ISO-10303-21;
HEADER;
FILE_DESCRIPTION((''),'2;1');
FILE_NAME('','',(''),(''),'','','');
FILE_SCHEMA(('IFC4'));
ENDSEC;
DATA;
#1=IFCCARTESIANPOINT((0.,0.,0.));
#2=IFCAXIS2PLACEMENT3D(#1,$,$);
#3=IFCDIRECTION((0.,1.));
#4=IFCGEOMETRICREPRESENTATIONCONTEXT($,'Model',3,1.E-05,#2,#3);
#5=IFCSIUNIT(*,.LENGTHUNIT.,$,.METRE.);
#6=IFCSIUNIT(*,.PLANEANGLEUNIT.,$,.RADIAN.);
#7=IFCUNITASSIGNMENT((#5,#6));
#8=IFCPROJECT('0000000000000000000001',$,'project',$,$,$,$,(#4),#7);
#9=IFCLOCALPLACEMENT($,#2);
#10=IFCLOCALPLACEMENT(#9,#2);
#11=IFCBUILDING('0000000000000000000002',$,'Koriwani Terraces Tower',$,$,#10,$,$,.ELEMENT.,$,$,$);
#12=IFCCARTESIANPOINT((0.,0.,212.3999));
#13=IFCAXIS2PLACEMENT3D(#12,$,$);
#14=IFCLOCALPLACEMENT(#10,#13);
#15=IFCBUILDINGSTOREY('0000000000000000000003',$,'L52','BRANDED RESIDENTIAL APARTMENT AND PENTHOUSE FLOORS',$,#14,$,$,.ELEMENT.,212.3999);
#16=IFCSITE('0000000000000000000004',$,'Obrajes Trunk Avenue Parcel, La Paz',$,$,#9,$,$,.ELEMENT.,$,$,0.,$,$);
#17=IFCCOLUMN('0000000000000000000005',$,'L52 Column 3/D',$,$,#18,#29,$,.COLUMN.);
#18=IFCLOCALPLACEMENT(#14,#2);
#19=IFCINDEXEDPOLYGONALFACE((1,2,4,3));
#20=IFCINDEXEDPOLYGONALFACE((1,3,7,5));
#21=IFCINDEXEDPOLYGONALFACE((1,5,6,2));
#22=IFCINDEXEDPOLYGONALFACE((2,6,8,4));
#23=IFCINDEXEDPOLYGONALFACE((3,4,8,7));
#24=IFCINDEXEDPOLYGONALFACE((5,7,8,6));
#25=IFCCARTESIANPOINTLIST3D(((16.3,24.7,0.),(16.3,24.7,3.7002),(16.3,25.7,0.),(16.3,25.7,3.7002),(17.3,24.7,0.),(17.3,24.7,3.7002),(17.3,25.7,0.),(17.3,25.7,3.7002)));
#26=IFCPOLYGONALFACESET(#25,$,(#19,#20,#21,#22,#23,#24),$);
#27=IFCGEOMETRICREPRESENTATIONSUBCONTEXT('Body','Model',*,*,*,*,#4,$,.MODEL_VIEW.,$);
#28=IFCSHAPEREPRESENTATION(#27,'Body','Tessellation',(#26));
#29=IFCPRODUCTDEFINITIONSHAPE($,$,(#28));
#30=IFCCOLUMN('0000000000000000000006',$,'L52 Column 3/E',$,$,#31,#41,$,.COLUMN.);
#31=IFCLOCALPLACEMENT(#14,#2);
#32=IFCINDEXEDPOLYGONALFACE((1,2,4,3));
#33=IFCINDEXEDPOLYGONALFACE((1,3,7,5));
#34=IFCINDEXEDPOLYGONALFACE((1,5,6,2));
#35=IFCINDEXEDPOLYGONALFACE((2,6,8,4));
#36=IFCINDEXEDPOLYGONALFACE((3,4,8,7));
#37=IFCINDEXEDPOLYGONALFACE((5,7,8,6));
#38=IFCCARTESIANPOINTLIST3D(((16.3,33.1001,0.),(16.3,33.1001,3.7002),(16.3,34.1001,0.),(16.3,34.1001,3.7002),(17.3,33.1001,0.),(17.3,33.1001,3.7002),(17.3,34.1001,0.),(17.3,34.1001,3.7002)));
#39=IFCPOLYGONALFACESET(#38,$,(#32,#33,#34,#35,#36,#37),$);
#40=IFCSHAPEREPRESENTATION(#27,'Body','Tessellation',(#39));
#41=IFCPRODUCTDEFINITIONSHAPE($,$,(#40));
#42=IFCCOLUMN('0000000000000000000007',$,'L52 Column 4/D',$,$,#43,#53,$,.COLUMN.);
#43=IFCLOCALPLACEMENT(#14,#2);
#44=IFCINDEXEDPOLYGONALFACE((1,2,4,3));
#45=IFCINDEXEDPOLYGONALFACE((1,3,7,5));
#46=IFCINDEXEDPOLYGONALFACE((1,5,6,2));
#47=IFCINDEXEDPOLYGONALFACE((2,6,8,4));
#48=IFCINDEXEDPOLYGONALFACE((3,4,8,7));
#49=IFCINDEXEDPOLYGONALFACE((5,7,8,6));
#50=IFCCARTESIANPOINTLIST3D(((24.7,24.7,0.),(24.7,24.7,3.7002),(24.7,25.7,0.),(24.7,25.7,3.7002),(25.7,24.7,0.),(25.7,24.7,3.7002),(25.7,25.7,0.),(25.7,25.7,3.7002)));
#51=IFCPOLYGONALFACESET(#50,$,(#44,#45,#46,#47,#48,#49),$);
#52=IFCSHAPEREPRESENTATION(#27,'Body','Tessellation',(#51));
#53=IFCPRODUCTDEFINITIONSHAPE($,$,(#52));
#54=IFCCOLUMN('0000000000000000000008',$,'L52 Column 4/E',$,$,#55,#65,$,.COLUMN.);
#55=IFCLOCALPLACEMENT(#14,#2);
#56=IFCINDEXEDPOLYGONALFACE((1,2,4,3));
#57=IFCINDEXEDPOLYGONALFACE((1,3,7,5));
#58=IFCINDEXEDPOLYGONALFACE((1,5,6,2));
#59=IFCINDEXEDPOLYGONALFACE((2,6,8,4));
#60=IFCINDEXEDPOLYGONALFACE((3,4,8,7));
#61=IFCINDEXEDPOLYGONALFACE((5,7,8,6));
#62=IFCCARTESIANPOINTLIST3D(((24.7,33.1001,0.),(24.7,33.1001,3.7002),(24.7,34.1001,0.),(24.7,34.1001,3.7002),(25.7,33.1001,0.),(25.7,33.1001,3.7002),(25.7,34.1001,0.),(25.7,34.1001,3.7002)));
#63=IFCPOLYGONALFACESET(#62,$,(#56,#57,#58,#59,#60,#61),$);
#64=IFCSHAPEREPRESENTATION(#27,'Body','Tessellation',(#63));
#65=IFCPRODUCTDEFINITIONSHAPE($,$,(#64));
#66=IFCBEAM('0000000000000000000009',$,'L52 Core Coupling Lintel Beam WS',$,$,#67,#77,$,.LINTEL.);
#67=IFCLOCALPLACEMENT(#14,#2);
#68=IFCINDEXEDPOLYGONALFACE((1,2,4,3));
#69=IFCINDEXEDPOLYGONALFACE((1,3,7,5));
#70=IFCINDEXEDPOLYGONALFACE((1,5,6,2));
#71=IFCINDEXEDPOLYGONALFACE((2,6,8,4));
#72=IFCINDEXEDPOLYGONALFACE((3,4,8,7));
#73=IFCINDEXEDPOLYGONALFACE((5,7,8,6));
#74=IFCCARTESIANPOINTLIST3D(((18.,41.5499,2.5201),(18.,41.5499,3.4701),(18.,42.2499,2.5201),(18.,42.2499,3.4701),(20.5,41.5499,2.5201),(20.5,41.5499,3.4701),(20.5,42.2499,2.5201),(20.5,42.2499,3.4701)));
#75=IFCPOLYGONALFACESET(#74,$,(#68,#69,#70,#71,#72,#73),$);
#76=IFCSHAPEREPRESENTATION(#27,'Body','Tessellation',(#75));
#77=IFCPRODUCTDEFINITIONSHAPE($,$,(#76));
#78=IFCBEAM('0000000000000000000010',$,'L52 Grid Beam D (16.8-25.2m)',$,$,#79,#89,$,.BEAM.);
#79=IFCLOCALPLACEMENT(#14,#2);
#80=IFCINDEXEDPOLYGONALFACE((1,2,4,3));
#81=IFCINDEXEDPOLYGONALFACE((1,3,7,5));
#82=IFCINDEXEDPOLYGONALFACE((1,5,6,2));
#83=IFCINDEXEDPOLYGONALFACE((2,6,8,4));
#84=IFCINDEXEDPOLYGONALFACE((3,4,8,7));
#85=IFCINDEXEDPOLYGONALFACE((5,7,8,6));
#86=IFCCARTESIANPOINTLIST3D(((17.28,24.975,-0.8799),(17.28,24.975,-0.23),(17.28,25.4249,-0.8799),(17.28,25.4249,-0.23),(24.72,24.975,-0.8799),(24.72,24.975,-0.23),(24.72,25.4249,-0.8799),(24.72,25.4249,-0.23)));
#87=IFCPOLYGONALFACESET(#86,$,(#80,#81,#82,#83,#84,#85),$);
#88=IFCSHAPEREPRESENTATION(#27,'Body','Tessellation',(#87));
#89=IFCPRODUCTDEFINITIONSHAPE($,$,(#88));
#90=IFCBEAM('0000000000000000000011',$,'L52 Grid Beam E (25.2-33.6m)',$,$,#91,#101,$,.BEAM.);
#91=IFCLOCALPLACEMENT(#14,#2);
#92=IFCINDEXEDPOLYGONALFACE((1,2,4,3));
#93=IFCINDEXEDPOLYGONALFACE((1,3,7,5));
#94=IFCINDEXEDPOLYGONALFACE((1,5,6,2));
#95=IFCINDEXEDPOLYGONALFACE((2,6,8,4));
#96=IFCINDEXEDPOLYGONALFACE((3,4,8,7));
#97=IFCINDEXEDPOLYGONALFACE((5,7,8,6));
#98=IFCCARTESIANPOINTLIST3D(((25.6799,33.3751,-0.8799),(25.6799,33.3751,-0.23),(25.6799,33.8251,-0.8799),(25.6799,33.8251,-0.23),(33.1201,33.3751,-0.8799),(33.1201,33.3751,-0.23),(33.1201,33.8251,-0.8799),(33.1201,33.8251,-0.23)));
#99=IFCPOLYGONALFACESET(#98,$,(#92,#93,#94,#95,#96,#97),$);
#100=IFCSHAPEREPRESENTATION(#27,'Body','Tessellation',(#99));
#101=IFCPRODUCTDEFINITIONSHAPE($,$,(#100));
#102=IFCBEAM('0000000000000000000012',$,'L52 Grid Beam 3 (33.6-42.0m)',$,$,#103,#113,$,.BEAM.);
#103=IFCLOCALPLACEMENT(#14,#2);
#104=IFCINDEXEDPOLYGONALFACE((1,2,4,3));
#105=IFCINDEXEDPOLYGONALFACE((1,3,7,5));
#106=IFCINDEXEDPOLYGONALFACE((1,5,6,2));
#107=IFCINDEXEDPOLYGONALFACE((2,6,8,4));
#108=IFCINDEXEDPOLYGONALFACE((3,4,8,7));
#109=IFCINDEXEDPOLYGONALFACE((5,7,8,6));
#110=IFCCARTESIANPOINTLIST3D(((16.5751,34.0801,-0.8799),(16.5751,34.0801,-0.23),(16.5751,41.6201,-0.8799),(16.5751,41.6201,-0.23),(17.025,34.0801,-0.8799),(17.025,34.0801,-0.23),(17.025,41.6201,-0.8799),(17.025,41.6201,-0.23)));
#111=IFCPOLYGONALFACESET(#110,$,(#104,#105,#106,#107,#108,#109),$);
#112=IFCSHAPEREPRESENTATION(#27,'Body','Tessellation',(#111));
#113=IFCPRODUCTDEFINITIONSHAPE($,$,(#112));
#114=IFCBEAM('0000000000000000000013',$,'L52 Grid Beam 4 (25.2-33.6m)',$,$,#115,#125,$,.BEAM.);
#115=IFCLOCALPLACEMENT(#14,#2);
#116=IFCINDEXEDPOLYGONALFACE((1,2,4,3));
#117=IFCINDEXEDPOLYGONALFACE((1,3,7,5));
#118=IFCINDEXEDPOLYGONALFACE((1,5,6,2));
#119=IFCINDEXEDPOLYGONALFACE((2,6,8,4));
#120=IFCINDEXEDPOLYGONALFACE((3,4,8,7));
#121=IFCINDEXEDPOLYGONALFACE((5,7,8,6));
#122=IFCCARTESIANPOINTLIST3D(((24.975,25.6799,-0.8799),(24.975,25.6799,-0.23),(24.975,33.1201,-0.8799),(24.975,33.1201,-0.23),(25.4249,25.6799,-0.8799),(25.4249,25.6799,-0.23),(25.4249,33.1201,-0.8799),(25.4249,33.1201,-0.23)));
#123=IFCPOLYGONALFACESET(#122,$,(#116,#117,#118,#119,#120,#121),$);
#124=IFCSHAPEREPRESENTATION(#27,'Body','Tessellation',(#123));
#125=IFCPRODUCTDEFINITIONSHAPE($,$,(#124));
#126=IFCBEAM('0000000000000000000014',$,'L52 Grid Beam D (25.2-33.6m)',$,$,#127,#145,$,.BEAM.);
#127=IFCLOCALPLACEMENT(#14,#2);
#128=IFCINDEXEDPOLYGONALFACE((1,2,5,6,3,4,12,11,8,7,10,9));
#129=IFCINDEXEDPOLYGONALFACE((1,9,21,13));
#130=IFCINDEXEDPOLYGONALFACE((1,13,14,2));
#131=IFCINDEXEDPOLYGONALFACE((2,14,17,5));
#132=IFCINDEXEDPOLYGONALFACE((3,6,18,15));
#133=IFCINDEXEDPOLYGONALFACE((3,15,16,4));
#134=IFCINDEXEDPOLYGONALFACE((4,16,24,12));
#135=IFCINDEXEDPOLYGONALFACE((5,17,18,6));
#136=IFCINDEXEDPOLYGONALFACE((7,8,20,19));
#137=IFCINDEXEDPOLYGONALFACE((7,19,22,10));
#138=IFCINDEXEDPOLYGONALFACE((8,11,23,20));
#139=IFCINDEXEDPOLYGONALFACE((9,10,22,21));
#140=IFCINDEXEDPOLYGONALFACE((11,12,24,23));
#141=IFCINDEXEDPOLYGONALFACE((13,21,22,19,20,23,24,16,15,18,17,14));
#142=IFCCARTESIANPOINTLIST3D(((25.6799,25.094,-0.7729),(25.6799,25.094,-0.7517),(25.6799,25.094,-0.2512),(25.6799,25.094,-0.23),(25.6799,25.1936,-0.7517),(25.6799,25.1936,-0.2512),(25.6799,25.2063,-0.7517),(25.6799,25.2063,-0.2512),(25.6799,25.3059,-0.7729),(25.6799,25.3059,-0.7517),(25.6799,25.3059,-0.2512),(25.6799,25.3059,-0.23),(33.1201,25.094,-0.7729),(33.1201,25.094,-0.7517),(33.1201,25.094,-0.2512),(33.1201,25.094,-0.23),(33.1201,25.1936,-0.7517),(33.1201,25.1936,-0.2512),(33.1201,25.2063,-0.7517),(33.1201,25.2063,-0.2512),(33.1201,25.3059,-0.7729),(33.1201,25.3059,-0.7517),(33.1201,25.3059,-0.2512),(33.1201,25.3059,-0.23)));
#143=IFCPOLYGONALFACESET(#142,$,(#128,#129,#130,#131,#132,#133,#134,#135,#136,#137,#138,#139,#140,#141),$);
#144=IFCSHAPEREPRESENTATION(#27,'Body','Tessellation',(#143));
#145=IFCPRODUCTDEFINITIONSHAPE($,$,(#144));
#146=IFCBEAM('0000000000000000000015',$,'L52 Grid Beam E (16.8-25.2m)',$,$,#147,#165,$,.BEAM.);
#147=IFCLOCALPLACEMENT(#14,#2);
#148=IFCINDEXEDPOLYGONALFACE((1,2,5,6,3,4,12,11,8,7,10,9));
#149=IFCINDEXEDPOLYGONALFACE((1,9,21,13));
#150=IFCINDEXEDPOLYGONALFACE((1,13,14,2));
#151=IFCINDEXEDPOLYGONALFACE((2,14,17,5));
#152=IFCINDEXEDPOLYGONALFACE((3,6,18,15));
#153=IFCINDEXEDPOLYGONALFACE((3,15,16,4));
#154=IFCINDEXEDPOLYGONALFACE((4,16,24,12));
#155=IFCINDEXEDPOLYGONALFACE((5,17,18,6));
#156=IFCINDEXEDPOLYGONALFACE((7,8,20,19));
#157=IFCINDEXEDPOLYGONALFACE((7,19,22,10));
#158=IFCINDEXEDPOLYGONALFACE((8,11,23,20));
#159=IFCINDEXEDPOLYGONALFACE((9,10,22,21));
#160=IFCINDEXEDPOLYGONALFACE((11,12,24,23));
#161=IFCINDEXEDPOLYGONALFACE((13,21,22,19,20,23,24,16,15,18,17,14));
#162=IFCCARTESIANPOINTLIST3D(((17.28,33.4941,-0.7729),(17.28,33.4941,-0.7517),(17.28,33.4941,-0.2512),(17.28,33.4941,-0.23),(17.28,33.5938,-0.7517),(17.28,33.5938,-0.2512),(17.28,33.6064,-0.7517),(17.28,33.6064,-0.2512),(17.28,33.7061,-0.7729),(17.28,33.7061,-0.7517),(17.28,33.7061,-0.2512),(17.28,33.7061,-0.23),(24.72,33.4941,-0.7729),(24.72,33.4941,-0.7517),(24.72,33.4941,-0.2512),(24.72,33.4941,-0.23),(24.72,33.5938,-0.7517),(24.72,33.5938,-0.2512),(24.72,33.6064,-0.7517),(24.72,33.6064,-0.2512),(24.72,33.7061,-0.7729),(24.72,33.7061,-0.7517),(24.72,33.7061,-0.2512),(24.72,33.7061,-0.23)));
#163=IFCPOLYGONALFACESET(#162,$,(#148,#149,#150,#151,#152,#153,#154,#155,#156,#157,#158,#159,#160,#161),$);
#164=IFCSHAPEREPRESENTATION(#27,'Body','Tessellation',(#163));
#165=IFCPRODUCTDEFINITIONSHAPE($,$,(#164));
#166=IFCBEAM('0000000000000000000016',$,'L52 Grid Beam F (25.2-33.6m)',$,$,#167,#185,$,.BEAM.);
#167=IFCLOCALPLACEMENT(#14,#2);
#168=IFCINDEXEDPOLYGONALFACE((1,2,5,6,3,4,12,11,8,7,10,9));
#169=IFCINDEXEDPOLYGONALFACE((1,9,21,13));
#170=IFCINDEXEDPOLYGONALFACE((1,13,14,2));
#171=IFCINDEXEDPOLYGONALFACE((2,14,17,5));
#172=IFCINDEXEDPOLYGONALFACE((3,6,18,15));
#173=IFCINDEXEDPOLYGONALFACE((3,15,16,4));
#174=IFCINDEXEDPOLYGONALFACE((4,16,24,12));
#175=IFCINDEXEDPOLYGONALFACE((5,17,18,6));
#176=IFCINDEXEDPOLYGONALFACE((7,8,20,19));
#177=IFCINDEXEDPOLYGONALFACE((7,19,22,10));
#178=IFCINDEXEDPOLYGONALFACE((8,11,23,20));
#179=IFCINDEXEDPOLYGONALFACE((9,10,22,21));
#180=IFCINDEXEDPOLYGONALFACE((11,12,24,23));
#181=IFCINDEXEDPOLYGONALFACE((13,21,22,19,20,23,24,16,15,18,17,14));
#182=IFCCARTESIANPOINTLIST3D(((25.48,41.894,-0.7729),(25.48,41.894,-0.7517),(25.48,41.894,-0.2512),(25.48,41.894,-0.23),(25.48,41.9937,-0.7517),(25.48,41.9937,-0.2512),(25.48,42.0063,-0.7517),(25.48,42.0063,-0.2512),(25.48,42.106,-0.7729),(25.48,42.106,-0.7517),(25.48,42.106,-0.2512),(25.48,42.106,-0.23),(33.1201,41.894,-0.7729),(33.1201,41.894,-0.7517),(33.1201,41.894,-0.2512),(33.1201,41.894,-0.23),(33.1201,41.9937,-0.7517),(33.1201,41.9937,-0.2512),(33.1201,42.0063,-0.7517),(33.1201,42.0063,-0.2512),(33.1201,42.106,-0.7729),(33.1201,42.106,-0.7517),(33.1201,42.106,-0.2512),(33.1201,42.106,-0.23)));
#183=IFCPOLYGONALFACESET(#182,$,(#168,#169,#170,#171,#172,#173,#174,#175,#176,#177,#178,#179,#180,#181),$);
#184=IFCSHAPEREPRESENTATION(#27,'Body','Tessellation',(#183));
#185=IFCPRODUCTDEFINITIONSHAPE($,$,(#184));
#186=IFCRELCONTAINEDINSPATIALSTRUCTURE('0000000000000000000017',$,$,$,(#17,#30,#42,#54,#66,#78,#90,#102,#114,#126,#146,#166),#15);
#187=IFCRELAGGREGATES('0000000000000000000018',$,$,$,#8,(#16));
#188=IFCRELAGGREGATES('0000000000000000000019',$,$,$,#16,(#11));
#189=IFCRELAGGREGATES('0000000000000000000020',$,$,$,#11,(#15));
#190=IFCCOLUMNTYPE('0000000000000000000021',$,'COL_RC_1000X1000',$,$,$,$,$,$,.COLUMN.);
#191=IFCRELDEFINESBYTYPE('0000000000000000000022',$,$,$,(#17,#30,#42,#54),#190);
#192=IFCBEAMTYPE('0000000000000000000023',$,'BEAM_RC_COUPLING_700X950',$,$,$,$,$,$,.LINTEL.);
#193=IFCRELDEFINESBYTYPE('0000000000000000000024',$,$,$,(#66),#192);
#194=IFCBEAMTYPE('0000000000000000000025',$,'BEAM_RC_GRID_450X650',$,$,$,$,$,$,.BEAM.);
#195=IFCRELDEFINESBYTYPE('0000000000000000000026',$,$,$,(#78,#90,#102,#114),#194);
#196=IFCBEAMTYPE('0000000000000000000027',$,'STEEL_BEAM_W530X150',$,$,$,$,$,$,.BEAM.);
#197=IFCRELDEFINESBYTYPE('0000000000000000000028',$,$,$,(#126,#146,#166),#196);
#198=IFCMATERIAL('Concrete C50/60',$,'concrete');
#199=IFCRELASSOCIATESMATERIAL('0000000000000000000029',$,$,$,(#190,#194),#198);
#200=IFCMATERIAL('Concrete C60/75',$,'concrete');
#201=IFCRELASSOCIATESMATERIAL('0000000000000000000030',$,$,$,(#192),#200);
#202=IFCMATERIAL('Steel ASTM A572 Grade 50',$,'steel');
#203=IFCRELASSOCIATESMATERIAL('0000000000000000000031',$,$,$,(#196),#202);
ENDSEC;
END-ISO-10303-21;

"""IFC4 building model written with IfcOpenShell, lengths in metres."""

from ifc_helpers import new_model, si_unit, direction, frame, origin, origin_2d, place, context, subcontext, project, spatial, rectangle, i_section, extrude, material, material_profile, profile_set, type_object, element, save


model = new_model("IFC4")

# Units and contexts
model_context = context("Model", 3, precision=1e-05, world=origin(), true_north=direction((0.0, 1.0)))
body_context = subcontext(model_context, "Body", "Model", "MODEL_VIEW")
ifc_project = project(units=[si_unit("LENGTHUNIT", "METRE"), si_unit("PLANEANGLEUNIT", "RADIAN")], contexts=[model_context])

# Site, building, storey
site_placement = place(None, origin())
site = spatial("IfcSite", under=ifc_project, at=site_placement, Name="Obrajes Trunk Avenue Parcel, La Paz", CompositionType="ELEMENT", RefElevation=0.0)
building_placement = place(site_placement, origin())
building = spatial("IfcBuilding", under=site, at=building_placement, Name="Koriwani Terraces Tower", CompositionType="ELEMENT")
storey_placement = place(building_placement, frame((0.0, 0.0, 212.3999)))
storey = spatial("IfcBuildingStorey", under=building, at=storey_placement, Name="L52", Description="BRANDED RESIDENTIAL APARTMENT AND PENTHOUSE FLOORS", CompositionType="ELEMENT", Elevation=212.3999)

# Columns
ifc_material_1 = material(Name="Concrete C50/60", Category="concrete")
ifc_material_profile_1 = material_profile(ifc_material_1, rectangle(XDim=1.0, YDim=1.0, at=origin_2d()), Name="Concrete C50/60", Category="LoadBearing")
ifc_profile_set_1 = profile_set([ifc_material_profile_1], Name="Concrete C50/60")
column_type = type_object("IfcColumnType", Name="COL_RC_1000X1000", PredefinedType="COLUMN", material=ifc_profile_set_1)
for number, where, z_axis, x_axis, name in (
    (1, (16.8, 25.2, 0.0), (0.0, 0.0, 1.0), (1.0, 0.0, 0.0), "L52 Column 3/D"),
    (2, (16.8, 33.6001, 0.0), (0.0, 0.0, 1.0), (1.0, 0.0, 0.0), "L52 Column 3/E"),
    (3, (25.2, 25.2, 0.0), (0.0, 0.0, 1.0), (1.0, 0.0, 0.0), "L52 Column 4/D"),
    (4, (25.2, 33.6001, 0.0), (0.0, 0.0, 1.0), (1.0, 0.0, 0.0), "L52 Column 4/E"),
):
    element("IfcColumn", number, at=place(storey_placement, frame(where, z_axis=z_axis, x_axis=x_axis)), inside=storey, type_object=column_type, Name=name, PredefinedType="COLUMN", context=body_context, shape_type="SweptSolid", body=[
        extrude(rectangle(XDim=1.0, YDim=1.0, at=origin_2d()), origin(), (0.0, 0.0, 1.0), 3.7002),
    ])

# Beams
ifc_material_2 = material(Name="Concrete C60/75", Category="concrete")
ifc_material_profile_2 = material_profile(ifc_material_2, rectangle(XDim=0.7, YDim=0.95, at=origin_2d()), Name="Concrete C60/75", Category="LoadBearing")
ifc_profile_set_2 = profile_set([ifc_material_profile_2], Name="Concrete C60/75")
beam_type_1 = type_object("IfcBeamType", Name="BEAM_RC_COUPLING_700X950", PredefinedType="LINTEL", material=ifc_profile_set_2)
beam_1_placement = place(storey_placement, frame((18.0, 41.8999, 2.9951), z_axis=(1.0, 0.0, 0.0), x_axis=(0.0, 1.0, 0.0)))
element("IfcBeam", 5, at=beam_1_placement, inside=storey, type_object=beam_type_1, Name="L52 Core Coupling Lintel Beam WS", PredefinedType="LINTEL", context=body_context, shape_type="SweptSolid", body=[
    extrude(rectangle(XDim=0.7, YDim=0.95, at=origin_2d()), origin(), (0.0, 0.0, 1.0), 2.5),
])
ifc_material_profile_3 = material_profile(ifc_material_1, rectangle(XDim=0.45, YDim=0.6499, at=origin_2d()), Name="Concrete C50/60", Category="LoadBearing")
ifc_profile_set_3 = profile_set([ifc_material_profile_3], Name="Concrete C50/60")
beam_type_2 = type_object("IfcBeamType", Name="BEAM_RC_GRID_450X650", PredefinedType="BEAM", material=ifc_profile_set_3)
beam_2_placement = place(storey_placement, frame((17.28, 25.2, -0.5549), z_axis=(1.0, 0.0, 0.0), x_axis=(0.0, 1.0, 0.0)))
element("IfcBeam", 6, at=beam_2_placement, inside=storey, type_object=beam_type_2, Name="L52 Grid Beam D (16.8-25.2m)", PredefinedType="BEAM", context=body_context, shape_type="SweptSolid", body=[
    extrude(rectangle(XDim=0.45, YDim=0.6499, at=origin_2d()), origin(), (0.0, 0.0, 1.0), 7.4399),
])
beam_3_placement = place(storey_placement, frame((25.6799, 33.6001, -0.5549), z_axis=(1.0, 0.0, 0.0), x_axis=(0.0, 1.0, 0.0)))
element("IfcBeam", 7, at=beam_3_placement, inside=storey, type_object=beam_type_2, Name="L52 Grid Beam E (25.2-33.6m)", PredefinedType="BEAM", context=body_context, shape_type="SweptSolid", body=[
    extrude(rectangle(XDim=0.45, YDim=0.6499, at=origin_2d()), origin(), (0.0, 0.0, 1.0), 7.4402),
])
beam_4_placement = place(storey_placement, frame((16.8, 34.0801, -0.5549), z_axis=(0.0, 1.0, 0.0), x_axis=(-1.0, 0.0, 0.0)))
element("IfcBeam", 8, at=beam_4_placement, inside=storey, type_object=beam_type_2, Name="L52 Grid Beam 3 (33.6-42.0m)", PredefinedType="BEAM", context=body_context, shape_type="SweptSolid", body=[
    extrude(rectangle(XDim=0.45, YDim=0.6499, at=origin_2d()), origin(), (0.0, 0.0, 1.0), 7.54),
])
beam_5_placement = place(storey_placement, frame((25.2, 25.6799, -0.5549), z_axis=(0.0, 1.0, 0.0), x_axis=(-1.0, 0.0, 0.0)))
element("IfcBeam", 9, at=beam_5_placement, inside=storey, type_object=beam_type_2, Name="L52 Grid Beam 4 (25.2-33.6m)", PredefinedType="BEAM", context=body_context, shape_type="SweptSolid", body=[
    extrude(rectangle(XDim=0.45, YDim=0.6499, at=origin_2d()), origin(), (0.0, 0.0, 1.0), 7.4402),
])
ifc_material_3 = material(Name="Steel ASTM A572 Grade 50", Category="steel")
ifc_material_profile_4 = material_profile(ifc_material_3, i_section(OverallWidth=0.2119, OverallDepth=0.543, WebThickness=0.0127, FlangeThickness=0.0212, at=origin_2d()), Name="Steel ASTM A572 Grade 50", Category="LoadBearing")
ifc_profile_set_4 = profile_set([ifc_material_profile_4], Name="Steel ASTM A572 Grade 50")
beam_type_3 = type_object("IfcBeamType", Name="STEEL_BEAM_W530X150", PredefinedType="BEAM", material=ifc_profile_set_4)
beam_6_placement = place(storey_placement, frame((25.6799, 25.2, -0.5015), z_axis=(1.0, 0.0, 0.0), x_axis=(0.0, 1.0, 0.0)))
element("IfcBeam", 10, at=beam_6_placement, inside=storey, type_object=beam_type_3, Name="L52 Grid Beam D (25.2-33.6m)", PredefinedType="BEAM", context=body_context, shape_type="SweptSolid", body=[
    extrude(i_section(OverallWidth=0.2119, OverallDepth=0.543, WebThickness=0.0127, FlangeThickness=0.0212, at=origin_2d()), origin(), (0.0, 0.0, 1.0), 7.4402),
])
beam_7_placement = place(storey_placement, frame((17.28, 33.6001, -0.5015), z_axis=(1.0, 0.0, 0.0), x_axis=(0.0, 1.0, 0.0)))
element("IfcBeam", 11, at=beam_7_placement, inside=storey, type_object=beam_type_3, Name="L52 Grid Beam E (16.8-25.2m)", PredefinedType="BEAM", context=body_context, shape_type="SweptSolid", body=[
    extrude(i_section(OverallWidth=0.2119, OverallDepth=0.543, WebThickness=0.0127, FlangeThickness=0.0212, at=origin_2d()), origin(), (0.0, 0.0, 1.0), 7.4399),
])
beam_8_placement = place(storey_placement, frame((25.48, 42.0, -0.5015), z_axis=(1.0, 0.0, 0.0), x_axis=(0.0, 1.0, 0.0)))
element("IfcBeam", 12, at=beam_8_placement, inside=storey, type_object=beam_type_3, Name="L52 Grid Beam F (25.2-33.6m)", PredefinedType="BEAM", context=body_context, shape_type="SweptSolid", body=[
    extrude(i_section(OverallWidth=0.2119, OverallDepth=0.543, WebThickness=0.0127, FlangeThickness=0.0212, at=origin_2d()), origin(), (0.0, 0.0, 1.0), 7.6401),
])

save(model, "model.ifc")
